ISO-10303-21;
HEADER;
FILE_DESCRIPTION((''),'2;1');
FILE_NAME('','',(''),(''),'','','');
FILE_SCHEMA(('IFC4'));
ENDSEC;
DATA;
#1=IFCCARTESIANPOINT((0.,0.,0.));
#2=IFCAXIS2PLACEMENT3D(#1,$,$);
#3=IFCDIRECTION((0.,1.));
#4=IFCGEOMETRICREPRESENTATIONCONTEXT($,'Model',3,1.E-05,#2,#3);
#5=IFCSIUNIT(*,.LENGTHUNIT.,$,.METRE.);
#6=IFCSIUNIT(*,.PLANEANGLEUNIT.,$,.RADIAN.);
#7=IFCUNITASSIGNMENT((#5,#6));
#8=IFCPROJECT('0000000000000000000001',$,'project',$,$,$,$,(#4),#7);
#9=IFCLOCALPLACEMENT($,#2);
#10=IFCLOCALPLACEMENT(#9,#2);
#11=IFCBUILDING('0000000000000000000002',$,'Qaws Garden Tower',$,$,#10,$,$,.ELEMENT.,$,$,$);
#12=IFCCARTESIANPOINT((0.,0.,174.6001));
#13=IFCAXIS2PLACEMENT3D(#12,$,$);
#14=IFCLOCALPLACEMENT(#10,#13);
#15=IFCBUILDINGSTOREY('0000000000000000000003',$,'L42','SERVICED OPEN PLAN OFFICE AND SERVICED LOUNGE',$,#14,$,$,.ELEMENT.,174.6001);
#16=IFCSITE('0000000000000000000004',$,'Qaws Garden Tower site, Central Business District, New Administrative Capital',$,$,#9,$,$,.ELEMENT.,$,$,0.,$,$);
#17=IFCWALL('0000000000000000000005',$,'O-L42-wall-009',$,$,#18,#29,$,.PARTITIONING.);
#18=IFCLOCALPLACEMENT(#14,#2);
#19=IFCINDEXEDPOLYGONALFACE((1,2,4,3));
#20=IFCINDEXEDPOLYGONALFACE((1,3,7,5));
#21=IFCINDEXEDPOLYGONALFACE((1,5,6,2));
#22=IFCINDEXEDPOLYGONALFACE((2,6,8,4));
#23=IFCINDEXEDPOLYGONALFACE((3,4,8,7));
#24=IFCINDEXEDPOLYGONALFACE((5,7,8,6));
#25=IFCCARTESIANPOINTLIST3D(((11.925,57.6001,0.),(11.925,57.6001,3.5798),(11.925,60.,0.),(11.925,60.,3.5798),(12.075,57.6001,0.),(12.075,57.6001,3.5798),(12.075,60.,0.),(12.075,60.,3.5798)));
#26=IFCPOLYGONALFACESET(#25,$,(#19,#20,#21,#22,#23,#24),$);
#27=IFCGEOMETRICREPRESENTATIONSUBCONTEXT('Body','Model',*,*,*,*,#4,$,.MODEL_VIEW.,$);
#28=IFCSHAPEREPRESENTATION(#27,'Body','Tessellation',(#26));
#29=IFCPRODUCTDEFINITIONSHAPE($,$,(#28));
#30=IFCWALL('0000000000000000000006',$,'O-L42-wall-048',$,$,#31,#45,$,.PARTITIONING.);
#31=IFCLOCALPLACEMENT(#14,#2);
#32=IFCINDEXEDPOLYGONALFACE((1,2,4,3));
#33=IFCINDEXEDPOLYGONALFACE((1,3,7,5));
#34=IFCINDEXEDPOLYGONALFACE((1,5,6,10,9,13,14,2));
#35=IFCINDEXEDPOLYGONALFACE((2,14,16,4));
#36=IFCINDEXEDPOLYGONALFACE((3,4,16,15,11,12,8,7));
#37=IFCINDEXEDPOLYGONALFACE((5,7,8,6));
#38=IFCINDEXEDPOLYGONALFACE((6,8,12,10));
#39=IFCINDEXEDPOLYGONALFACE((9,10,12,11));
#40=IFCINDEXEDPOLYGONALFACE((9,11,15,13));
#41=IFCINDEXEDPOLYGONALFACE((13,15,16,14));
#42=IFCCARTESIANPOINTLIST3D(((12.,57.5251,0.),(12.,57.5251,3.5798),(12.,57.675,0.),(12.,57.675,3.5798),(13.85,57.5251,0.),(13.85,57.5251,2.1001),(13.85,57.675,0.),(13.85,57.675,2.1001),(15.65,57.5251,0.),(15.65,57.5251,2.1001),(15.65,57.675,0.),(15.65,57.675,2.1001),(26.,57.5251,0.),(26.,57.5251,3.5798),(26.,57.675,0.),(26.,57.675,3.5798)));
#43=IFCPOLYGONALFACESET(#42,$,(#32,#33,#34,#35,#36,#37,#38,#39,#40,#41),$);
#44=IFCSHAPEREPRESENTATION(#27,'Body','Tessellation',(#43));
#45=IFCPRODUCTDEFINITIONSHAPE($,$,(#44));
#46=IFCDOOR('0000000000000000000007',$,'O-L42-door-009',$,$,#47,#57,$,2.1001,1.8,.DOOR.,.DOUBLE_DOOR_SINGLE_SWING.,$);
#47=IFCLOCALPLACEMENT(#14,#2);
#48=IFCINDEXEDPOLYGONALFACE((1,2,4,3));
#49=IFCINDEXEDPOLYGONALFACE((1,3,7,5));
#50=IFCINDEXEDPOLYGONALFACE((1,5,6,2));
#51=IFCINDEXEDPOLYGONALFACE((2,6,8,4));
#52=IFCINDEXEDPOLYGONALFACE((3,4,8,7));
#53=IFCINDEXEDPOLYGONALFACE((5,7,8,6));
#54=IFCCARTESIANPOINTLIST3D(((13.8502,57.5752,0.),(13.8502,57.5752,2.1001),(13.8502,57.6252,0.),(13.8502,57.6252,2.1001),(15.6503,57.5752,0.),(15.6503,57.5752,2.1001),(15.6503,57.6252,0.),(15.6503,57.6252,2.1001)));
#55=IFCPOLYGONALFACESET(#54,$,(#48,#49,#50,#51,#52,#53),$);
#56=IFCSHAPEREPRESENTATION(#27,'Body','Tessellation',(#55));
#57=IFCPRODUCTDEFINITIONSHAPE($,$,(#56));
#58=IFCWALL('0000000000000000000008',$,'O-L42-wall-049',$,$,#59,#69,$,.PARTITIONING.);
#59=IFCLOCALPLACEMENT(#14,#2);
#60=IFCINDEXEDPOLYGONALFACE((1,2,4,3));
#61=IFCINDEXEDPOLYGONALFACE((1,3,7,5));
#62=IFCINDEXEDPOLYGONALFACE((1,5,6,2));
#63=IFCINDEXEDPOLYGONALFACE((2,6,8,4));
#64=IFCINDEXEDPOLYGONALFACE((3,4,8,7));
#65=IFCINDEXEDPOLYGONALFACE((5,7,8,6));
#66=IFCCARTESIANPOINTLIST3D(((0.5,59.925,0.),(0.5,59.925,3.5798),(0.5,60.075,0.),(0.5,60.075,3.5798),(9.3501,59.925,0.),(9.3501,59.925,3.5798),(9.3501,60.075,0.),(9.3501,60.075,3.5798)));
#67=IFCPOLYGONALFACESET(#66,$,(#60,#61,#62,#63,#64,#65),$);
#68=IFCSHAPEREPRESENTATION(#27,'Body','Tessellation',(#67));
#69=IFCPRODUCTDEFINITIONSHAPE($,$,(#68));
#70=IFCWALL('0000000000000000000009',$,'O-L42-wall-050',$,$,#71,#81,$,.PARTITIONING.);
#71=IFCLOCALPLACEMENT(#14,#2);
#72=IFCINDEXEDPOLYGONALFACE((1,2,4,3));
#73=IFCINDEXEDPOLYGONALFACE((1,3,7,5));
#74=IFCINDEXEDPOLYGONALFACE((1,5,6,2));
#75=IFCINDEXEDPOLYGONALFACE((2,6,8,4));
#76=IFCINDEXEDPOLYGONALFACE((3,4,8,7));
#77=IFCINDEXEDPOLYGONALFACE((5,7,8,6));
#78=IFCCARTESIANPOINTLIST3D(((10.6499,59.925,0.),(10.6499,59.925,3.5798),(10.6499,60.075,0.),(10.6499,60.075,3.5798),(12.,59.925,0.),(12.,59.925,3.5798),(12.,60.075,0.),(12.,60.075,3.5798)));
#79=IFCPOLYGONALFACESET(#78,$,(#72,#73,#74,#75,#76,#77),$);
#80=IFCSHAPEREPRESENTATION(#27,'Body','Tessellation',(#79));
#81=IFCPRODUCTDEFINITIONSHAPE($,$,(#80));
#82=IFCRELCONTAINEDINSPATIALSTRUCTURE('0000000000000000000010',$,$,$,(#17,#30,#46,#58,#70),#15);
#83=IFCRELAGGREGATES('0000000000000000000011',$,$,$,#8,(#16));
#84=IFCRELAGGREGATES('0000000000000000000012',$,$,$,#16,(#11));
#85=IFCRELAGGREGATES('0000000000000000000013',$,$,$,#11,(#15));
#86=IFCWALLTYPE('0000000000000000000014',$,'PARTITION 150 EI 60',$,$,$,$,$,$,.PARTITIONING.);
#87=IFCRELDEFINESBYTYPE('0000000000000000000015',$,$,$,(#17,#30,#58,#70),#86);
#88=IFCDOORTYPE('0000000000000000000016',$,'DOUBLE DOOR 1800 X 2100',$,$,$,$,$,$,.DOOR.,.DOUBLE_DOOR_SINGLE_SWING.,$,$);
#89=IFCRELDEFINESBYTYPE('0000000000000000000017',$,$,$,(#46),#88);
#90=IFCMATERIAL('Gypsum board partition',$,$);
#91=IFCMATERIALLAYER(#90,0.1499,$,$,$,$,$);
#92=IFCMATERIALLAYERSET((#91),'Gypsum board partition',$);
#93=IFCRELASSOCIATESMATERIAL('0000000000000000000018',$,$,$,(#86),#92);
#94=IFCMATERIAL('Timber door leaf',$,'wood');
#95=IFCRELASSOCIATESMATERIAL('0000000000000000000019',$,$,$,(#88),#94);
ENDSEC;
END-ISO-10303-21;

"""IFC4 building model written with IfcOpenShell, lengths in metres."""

from ifc_helpers import new_model, si_unit, direction, frame, frame_2d, origin, place, context, subcontext, project, spatial, rectangle, extrude, material, layer, layer_set, type_object, element, fill, save


model = new_model("IFC4")

# Units and contexts
model_context = context("Model", 3, precision=1e-05, world=origin(), true_north=direction((0.0, 1.0)))
body_context = subcontext(model_context, "Body", "Model", "MODEL_VIEW")
ifc_project = project(units=[si_unit("LENGTHUNIT", "METRE"), si_unit("PLANEANGLEUNIT", "RADIAN")], contexts=[model_context])

# Site, building, storey
site_placement = place(None, origin())
site = spatial("IfcSite", under=ifc_project, at=site_placement, Name="Qaws Garden Tower site, Central Business District, New Administrative Capital", CompositionType="ELEMENT", RefElevation=0.0)
building_placement = place(site_placement, origin())
building = spatial("IfcBuilding", under=site, at=building_placement, Name="Qaws Garden Tower", CompositionType="ELEMENT")
storey_placement = place(building_placement, frame((0.0, 0.0, 174.6001)))
storey = spatial("IfcBuildingStorey", under=building, at=storey_placement, Name="L42", Description="SERVICED OPEN PLAN OFFICE AND SERVICED LOUNGE", CompositionType="ELEMENT", Elevation=174.6001)

# Shared definitions
ifc_material_1 = material(Name="Gypsum board partition")
ifc_layer_1 = layer(ifc_material_1, 0.1499)
ifc_layer_set_1 = layer_set([ifc_layer_1], Name="Gypsum board partition")
wall_type_1 = type_object("IfcWallType", Name="PARTITION 150 EI 60", PredefinedType="PARTITIONING", material=ifc_layer_set_1)
ifc_material_2 = material(Name="Timber door leaf", Category="wood")
door_type_1 = type_object("IfcDoorType", Name="DOUBLE DOOR 1800 X 2100", OperationType="DOUBLE_DOOR_SINGLE_SWING", PredefinedType="DOOR", material=ifc_material_2)

# Wall
wall_1_placement = place(storey_placement, frame((12.0, 57.6001, 0.0), z_axis=(0.0, 0.0, 1.0), x_axis=(0.0, 1.0, 0.0)))
element("IfcWall", 1, at=wall_1_placement, inside=storey, type_object=wall_type_1, Name="O-L42-wall-009", PredefinedType="PARTITIONING", context=body_context, shape_type="SweptSolid", body=[
    extrude(rectangle(XDim=2.3999, YDim=0.1499, at=frame_2d((1.2, 0.0))), origin(), (0.0, 0.0, 1.0), 3.5798),
])

# Wall, opening, door
wall_2_placement = place(storey_placement, frame((12.0, 57.6001, 0.0), z_axis=(0.0, 0.0, 1.0), x_axis=(1.0, 0.0, 0.0)))
wall_2 = element("IfcWall", 2, at=wall_2_placement, inside=storey, type_object=wall_type_1, Name="O-L42-wall-048", PredefinedType="PARTITIONING", context=body_context, shape_type="SweptSolid", body=[
    extrude(rectangle(XDim=14.0, YDim=0.1499, at=frame_2d((7.0, 0.0))), origin(), (0.0, 0.0, 1.0), 3.5798),
])
opening_1_placement = place(wall_2_placement, frame((1.8501, 0.0, 0.0)))
opening_1 = element("IfcOpeningElement", 3, at=opening_1_placement, cuts=wall_2, PredefinedType="OPENING", context=body_context, shape_type="SweptSolid", body=[
    extrude(rectangle(XDim=1.8, YDim=2.1001, at=frame_2d((0.8999, 1.05))), frame((0.0, 0.085, 0.0), z_axis=(0.0, -1.0, 0.0), x_axis=(1.0, 0.0, 0.0)), (0.0, 0.0, 1.0), 0.1699),
])
door_1_placement = place(opening_1_placement, frame((1.8, 0.0, 0.0), z_axis=(0.0, 0.0, 1.0), x_axis=(-1.0, 0.0, 0.0)))
door_1 = element("IfcDoor", 4, at=door_1_placement, inside=storey, type_object=door_type_1, Name="O-L42-door-009", OperationType="DOUBLE_DOOR_SINGLE_SWING", OverallHeight=2.1001, OverallWidth=1.8, PredefinedType="DOOR", context=body_context, shape_type="SweptSolid", body=[
    extrude(rectangle(XDim=1.8, YDim=2.1001, at=frame_2d((0.8999, 1.05))), frame((0.0, 0.0249, 0.0), z_axis=(0.0, -1.0, 0.0), x_axis=(1.0, 0.0, 0.0)), (0.0, 0.0, 1.0), 0.05),
])
fill(opening_1, door_1)

# Walls
wall_3_placement = place(storey_placement, frame((0.5, 60.0, 0.0), z_axis=(0.0, 0.0, 1.0), x_axis=(1.0, 0.0, 0.0)))
element("IfcWall", 5, at=wall_3_placement, inside=storey, type_object=wall_type_1, Name="O-L42-wall-049", PredefinedType="PARTITIONING", context=body_context, shape_type="SweptSolid", body=[
    extrude(rectangle(XDim=8.8501, YDim=0.1499, at=frame_2d((4.425, 0.0))), origin(), (0.0, 0.0, 1.0), 3.5798),
])
wall_4_placement = place(storey_placement, frame((10.6499, 60.0, 0.0), z_axis=(0.0, 0.0, 1.0), x_axis=(1.0, 0.0, 0.0)))
element("IfcWall", 6, at=wall_4_placement, inside=storey, type_object=wall_type_1, Name="O-L42-wall-050", PredefinedType="PARTITIONING", context=body_context, shape_type="SweptSolid", body=[
    extrude(rectangle(XDim=1.3501, YDim=0.1499, at=frame_2d((0.675, 0.0))), origin(), (0.0, 0.0, 1.0), 3.5798),
])

save(model, "model.ifc")
